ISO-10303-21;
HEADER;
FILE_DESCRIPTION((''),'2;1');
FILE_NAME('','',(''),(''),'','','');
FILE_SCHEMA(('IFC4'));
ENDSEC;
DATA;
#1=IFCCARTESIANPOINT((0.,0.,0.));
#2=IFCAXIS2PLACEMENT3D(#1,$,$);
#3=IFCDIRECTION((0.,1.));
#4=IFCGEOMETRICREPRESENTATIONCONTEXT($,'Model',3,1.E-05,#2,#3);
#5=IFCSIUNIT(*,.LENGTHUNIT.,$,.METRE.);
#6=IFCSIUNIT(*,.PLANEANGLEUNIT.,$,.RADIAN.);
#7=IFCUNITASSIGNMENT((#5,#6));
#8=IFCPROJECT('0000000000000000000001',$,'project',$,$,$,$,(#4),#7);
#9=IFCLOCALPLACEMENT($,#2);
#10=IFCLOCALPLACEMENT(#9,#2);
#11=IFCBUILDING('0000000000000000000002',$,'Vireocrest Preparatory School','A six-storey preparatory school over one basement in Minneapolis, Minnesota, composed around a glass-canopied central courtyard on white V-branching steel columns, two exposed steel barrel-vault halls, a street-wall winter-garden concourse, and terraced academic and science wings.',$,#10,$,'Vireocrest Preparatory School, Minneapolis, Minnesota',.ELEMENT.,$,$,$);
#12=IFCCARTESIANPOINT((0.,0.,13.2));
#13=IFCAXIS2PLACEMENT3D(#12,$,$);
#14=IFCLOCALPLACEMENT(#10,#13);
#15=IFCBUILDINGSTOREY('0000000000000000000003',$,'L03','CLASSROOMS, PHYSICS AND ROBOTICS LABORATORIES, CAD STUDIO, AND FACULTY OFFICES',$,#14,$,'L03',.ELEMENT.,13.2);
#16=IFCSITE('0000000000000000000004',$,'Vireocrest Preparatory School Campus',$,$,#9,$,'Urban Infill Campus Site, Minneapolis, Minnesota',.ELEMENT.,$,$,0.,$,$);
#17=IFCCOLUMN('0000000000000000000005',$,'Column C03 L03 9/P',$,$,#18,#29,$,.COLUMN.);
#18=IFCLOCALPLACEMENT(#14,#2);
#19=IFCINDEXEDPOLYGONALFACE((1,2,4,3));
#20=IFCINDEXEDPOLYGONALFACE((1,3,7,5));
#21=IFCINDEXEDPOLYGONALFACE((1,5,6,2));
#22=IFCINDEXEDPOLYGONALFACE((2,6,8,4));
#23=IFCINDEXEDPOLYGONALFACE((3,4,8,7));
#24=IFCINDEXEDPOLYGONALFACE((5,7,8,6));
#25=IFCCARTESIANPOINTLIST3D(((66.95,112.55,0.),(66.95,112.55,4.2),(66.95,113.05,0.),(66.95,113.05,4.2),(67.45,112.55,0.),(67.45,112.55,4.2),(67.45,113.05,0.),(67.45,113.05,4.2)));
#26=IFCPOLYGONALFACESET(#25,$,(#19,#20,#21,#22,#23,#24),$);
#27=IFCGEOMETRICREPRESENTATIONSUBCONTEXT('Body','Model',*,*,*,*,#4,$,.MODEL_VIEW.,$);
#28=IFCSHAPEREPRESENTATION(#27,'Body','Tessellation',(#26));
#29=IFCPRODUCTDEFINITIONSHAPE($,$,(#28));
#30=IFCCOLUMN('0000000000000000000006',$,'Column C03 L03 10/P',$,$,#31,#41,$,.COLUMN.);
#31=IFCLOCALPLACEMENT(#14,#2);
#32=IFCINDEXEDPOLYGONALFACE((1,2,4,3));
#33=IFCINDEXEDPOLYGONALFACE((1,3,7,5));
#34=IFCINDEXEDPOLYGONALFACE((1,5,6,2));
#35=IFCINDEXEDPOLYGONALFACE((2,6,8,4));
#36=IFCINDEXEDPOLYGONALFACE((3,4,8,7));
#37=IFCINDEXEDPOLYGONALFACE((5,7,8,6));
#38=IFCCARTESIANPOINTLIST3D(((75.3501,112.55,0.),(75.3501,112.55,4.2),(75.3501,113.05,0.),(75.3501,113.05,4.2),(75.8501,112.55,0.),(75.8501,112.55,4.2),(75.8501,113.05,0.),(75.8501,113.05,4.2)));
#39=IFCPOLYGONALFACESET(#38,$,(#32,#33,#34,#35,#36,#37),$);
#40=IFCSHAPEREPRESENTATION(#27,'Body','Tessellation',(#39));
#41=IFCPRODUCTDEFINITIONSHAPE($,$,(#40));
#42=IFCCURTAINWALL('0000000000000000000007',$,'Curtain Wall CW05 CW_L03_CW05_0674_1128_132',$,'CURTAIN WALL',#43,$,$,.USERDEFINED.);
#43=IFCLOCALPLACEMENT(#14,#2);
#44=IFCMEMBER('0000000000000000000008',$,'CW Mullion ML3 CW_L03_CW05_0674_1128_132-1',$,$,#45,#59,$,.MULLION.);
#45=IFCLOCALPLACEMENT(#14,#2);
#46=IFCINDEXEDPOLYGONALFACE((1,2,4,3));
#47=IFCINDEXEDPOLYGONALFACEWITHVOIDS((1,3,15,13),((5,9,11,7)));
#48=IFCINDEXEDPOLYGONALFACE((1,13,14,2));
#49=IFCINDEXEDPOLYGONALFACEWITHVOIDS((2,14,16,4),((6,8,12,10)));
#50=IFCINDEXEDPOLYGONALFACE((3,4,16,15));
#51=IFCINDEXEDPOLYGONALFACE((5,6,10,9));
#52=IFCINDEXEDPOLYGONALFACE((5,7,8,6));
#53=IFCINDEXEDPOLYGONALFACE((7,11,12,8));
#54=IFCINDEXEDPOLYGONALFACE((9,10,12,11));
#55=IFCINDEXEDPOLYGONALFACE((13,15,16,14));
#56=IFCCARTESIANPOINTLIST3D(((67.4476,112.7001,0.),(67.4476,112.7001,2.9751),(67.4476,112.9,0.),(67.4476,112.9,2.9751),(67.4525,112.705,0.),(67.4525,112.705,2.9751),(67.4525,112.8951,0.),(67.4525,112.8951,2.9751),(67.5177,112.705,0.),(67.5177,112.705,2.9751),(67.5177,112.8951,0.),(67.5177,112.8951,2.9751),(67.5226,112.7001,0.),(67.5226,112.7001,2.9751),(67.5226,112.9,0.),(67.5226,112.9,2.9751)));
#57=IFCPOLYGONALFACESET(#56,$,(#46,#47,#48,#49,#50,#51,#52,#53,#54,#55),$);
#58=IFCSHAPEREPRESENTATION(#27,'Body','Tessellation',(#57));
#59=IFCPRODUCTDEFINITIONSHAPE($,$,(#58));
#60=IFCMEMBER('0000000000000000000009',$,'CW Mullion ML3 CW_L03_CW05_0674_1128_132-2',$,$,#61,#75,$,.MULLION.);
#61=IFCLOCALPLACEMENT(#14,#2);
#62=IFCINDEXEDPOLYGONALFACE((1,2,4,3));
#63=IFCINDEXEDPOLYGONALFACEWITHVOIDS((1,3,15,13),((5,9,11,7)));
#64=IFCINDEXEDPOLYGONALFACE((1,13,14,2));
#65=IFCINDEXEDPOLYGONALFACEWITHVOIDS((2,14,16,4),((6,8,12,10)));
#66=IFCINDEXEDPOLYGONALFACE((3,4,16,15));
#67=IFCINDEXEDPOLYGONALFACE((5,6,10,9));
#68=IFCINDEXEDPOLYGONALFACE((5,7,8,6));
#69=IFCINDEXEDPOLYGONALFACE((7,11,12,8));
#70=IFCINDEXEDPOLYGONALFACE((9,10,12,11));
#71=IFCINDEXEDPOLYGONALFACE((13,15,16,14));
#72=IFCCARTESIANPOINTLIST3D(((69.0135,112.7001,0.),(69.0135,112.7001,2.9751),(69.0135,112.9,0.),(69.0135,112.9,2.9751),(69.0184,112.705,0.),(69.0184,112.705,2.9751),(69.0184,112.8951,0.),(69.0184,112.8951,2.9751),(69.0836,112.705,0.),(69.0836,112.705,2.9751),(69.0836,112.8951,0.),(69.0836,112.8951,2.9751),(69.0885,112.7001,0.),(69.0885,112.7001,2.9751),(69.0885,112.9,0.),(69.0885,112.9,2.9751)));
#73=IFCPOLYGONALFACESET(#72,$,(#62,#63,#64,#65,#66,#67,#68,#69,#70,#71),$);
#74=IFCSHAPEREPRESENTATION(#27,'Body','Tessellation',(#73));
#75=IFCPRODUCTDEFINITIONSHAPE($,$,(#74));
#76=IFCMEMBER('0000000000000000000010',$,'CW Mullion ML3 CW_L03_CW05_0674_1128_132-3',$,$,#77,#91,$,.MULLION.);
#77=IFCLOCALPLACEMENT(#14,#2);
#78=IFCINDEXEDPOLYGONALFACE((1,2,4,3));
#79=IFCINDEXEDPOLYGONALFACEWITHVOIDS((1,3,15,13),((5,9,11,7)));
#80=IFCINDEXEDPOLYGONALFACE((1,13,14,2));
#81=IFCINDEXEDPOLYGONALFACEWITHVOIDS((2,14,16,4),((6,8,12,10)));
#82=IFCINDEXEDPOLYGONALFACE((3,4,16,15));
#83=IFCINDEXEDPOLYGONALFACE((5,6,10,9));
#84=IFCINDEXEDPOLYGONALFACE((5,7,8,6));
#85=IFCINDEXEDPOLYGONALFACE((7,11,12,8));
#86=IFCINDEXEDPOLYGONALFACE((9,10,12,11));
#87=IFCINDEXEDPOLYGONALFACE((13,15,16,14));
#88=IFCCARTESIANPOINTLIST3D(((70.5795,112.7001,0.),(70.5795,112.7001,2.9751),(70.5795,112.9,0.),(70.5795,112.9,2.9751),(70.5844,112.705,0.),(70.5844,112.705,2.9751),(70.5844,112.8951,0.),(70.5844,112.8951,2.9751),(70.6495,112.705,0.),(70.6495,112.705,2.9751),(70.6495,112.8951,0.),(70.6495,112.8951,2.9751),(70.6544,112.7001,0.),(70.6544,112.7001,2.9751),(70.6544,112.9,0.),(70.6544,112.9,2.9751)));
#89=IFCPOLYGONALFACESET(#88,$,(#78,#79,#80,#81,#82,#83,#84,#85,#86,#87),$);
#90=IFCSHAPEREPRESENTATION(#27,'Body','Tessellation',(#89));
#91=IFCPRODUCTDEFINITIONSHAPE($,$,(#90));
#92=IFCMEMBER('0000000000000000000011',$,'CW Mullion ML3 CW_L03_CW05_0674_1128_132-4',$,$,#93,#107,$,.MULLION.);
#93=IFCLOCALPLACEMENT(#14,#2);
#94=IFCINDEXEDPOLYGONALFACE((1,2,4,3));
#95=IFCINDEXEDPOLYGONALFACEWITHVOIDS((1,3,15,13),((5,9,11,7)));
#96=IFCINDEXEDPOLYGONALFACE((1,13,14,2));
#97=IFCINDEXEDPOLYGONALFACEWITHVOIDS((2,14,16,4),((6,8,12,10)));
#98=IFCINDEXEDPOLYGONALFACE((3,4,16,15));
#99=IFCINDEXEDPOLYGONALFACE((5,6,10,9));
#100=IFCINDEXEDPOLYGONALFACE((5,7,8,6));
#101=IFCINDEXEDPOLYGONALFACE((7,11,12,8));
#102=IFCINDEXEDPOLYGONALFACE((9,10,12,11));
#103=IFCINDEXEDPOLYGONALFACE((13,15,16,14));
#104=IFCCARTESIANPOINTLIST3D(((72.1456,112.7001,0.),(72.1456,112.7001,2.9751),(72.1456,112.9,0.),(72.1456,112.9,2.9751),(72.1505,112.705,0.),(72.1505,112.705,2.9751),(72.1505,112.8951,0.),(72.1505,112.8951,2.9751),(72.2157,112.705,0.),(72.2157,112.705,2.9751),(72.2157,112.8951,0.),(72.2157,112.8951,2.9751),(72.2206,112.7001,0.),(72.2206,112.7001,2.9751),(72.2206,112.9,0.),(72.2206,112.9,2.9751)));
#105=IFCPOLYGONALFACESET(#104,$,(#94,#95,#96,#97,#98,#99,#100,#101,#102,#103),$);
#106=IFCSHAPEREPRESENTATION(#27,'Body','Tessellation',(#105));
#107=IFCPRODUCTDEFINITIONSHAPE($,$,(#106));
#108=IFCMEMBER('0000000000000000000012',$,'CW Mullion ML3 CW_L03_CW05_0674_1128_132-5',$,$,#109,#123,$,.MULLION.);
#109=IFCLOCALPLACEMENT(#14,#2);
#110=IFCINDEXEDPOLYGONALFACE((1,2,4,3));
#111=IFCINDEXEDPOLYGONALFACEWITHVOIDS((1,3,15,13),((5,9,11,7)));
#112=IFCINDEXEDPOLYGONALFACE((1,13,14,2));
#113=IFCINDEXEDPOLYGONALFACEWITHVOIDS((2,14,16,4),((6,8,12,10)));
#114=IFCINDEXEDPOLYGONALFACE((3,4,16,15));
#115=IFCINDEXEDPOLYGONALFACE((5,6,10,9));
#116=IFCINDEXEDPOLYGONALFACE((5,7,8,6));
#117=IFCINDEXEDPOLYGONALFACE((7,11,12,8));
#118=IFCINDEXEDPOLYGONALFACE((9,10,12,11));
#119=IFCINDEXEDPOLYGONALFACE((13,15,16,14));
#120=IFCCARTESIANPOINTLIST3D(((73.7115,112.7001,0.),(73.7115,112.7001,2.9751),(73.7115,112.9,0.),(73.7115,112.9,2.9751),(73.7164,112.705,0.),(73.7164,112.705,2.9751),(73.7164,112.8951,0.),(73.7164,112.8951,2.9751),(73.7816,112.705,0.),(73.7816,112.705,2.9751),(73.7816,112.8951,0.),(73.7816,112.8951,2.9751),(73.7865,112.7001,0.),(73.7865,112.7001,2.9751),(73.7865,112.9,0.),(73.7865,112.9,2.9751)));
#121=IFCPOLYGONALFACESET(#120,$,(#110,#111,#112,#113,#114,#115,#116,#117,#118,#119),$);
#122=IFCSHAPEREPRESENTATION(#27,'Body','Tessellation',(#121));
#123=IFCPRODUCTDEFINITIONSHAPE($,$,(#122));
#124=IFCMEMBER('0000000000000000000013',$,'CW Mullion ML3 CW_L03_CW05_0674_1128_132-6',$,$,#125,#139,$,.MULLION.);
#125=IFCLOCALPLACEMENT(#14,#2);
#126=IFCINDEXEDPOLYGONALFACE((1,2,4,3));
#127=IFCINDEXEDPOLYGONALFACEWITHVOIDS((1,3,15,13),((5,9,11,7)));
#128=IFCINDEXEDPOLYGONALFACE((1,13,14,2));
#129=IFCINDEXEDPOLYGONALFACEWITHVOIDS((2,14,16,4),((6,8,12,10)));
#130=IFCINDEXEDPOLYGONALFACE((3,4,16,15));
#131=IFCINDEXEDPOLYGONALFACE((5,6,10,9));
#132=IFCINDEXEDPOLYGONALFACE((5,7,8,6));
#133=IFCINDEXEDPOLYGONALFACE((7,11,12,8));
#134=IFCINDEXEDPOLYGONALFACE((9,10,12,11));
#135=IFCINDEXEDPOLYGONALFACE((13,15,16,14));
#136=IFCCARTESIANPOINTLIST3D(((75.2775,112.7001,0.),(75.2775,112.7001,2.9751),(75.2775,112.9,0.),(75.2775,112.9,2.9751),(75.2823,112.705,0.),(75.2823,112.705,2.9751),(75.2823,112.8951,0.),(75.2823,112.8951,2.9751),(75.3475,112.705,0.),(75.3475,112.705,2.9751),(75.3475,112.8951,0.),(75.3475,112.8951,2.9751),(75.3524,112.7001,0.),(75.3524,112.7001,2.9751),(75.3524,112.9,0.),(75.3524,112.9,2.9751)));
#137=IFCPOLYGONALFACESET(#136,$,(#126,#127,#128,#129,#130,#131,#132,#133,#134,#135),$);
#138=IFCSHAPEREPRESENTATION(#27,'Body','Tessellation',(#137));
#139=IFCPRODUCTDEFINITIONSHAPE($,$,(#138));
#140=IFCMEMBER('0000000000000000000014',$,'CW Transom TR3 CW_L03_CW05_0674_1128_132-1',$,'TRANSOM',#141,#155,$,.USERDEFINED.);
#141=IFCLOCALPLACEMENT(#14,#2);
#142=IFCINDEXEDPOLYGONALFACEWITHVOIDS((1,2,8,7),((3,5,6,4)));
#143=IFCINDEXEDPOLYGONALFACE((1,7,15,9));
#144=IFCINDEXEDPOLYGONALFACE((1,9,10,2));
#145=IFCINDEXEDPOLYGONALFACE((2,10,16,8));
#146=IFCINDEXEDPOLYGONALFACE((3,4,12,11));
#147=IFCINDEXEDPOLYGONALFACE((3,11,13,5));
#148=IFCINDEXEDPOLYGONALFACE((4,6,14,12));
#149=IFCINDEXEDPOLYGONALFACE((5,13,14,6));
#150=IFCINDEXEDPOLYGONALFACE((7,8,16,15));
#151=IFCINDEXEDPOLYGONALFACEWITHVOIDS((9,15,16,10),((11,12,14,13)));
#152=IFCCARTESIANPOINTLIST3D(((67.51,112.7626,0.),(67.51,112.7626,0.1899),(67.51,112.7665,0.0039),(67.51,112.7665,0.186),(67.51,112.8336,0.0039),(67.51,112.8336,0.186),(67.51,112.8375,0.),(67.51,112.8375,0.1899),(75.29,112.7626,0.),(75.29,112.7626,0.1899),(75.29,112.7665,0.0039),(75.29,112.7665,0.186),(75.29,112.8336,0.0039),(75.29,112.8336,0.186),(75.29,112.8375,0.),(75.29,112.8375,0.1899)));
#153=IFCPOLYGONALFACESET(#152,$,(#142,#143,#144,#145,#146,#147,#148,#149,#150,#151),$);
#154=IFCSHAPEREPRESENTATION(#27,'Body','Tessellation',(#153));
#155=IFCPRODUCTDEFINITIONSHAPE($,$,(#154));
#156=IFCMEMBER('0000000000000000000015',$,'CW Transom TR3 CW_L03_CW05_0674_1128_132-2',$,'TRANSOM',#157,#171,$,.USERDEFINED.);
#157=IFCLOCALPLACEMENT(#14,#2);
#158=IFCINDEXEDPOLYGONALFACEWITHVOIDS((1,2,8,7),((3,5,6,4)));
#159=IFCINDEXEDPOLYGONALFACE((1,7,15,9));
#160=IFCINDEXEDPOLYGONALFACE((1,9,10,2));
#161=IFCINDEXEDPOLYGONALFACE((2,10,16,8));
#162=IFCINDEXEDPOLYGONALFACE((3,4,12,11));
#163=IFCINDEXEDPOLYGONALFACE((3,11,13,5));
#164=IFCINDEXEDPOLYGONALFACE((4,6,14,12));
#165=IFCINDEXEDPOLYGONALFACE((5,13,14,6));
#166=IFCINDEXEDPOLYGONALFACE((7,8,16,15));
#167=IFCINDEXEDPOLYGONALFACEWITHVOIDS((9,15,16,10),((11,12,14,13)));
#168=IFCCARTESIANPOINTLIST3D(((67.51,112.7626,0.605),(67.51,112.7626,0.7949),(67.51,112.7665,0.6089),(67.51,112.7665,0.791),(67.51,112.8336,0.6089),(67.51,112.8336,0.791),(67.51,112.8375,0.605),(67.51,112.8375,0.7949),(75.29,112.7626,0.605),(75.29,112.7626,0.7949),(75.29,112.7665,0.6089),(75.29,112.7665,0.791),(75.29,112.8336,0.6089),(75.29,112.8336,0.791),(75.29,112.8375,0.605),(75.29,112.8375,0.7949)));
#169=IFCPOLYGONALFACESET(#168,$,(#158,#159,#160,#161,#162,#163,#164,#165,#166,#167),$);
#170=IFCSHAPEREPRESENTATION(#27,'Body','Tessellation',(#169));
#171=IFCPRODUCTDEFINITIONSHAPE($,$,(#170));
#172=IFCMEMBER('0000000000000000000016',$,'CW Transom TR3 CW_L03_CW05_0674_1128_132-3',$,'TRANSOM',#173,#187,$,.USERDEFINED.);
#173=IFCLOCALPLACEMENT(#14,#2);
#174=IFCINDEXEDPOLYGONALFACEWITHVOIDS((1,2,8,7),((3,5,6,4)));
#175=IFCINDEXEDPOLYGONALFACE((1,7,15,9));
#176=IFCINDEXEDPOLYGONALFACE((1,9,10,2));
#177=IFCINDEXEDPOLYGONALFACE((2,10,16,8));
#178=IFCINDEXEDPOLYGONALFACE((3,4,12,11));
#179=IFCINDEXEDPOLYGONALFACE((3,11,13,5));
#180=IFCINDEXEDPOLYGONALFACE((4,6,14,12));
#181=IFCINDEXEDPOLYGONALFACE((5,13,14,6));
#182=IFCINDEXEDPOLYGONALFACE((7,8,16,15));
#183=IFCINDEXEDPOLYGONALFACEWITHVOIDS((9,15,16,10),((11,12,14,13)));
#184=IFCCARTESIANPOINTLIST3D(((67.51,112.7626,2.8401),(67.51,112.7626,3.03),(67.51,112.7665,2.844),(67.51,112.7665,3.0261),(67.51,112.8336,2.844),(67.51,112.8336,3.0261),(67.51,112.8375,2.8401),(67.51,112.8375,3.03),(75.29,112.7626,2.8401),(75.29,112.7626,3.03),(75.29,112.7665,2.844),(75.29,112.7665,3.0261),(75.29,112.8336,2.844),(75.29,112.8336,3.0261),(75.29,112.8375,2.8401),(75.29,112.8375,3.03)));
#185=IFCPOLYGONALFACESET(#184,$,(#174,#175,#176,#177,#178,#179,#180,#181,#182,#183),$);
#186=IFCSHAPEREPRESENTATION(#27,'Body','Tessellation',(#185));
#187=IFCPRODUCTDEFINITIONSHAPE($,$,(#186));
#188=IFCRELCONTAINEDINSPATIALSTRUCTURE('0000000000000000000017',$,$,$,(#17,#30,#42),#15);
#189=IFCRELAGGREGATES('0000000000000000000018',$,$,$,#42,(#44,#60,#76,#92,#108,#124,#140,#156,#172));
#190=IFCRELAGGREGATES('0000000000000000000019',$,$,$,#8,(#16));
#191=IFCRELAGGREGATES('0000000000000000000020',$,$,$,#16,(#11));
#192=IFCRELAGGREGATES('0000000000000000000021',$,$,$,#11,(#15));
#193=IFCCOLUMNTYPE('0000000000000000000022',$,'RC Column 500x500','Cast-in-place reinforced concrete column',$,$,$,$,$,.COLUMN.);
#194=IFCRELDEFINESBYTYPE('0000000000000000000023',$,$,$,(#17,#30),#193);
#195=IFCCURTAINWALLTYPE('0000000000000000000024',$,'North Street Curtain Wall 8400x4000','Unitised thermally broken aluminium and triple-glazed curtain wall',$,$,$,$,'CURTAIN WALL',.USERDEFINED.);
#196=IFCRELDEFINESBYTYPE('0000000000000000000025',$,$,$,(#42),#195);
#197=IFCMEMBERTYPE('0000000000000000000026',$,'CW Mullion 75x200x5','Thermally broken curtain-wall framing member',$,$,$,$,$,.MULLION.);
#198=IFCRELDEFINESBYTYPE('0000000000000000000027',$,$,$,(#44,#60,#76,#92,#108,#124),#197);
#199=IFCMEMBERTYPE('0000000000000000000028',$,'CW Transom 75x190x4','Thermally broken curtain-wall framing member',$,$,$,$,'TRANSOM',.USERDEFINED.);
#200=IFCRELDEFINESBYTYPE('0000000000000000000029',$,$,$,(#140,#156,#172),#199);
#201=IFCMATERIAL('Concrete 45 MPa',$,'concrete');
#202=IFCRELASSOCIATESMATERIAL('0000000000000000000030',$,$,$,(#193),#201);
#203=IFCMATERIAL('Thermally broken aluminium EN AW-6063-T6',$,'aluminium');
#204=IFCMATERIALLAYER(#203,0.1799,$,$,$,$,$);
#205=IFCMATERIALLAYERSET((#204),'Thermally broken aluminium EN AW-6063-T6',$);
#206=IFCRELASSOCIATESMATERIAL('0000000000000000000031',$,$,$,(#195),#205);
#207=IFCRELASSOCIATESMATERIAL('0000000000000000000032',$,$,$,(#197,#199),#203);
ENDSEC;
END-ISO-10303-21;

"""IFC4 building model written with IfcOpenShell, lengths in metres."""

from ifc_helpers import new_model, si_unit, direction, frame, origin, origin_2d, place, context, subcontext, project, spatial, rectangle, hollow_rectangle, extrude, material, layer, layer_set, material_profile, profile_set, type_object, element, aggregate, save


model = new_model("IFC4")

# Units and contexts
model_context = context("Model", 3, precision=1e-05, world=origin(), true_north=direction((0.0, 1.0)))
body_context = subcontext(model_context, "Body", "Model", "MODEL_VIEW")
ifc_project = project(units=[si_unit("LENGTHUNIT", "METRE"), si_unit("PLANEANGLEUNIT", "RADIAN")], contexts=[model_context])

# Site, building, storey
site_placement = place(None, origin())
site = spatial("IfcSite", under=ifc_project, at=site_placement, Name="Vireocrest Preparatory School Campus", LongName="Urban Infill Campus Site, Minneapolis, Minnesota", CompositionType="ELEMENT", RefElevation=0.0)
building_placement = place(site_placement, origin())
building = spatial("IfcBuilding", under=site, at=building_placement, Name="Vireocrest Preparatory School", Description="A six-storey preparatory school over one basement in Minneapolis, Minnesota, composed around a glass-canopied central courtyard on white V-branching steel columns, two exposed steel barrel-vault halls, a street-wall winter-garden concourse, and terraced academic and science wings.", LongName="Vireocrest Preparatory School, Minneapolis, Minnesota", CompositionType="ELEMENT")
storey_placement = place(building_placement, frame((0.0, 0.0, 13.2)))
storey = spatial("IfcBuildingStorey", under=building, at=storey_placement, Name="L03", Description="CLASSROOMS, PHYSICS AND ROBOTICS LABORATORIES, CAD STUDIO, AND FACULTY OFFICES", LongName="L03", CompositionType="ELEMENT", Elevation=13.2)

# Columns
ifc_material_1 = material(Name="Concrete 45 MPa", Category="concrete")
ifc_material_profile_1 = material_profile(ifc_material_1, rectangle(XDim=0.5, YDim=0.5, at=origin_2d()), Name="RC 500x500")
ifc_profile_set_1 = profile_set([ifc_material_profile_1], Name="Concrete 45 MPa")
column_type = type_object("IfcColumnType", Name="RC Column 500x500", Description="Cast-in-place reinforced concrete column", PredefinedType="COLUMN", material=ifc_profile_set_1)
for number, where, z_axis, x_axis, name in (
    (1, (67.2, 112.8, 0.0), (0.0, 0.0, 1.0), (1.0, 0.0, 0.0), "Column C03 L03 9/P"),
    (2, (75.6001, 112.8, 0.0), (0.0, 0.0, 1.0), (1.0, 0.0, 0.0), "Column C03 L03 10/P"),
):
    element("IfcColumn", number, at=place(storey_placement, frame(where, z_axis=z_axis, x_axis=x_axis)), inside=storey, type_object=column_type, Name=name, PredefinedType="COLUMN", context=body_context, shape_type="SweptSolid", body=[
        extrude(rectangle(XDim=0.5, YDim=0.5, at=origin_2d()), origin(), (0.0, 0.0, 1.0), 4.2),
    ])

# Curtain wall, members
ifc_material_2 = material(Name="Thermally broken aluminium EN AW-6063-T6", Category="aluminium")
ifc_layer_1 = layer(ifc_material_2, 0.1799)
ifc_layer_set_1 = layer_set([ifc_layer_1], Name="Thermally broken aluminium EN AW-6063-T6")
curtain_wall_type = type_object("IfcCurtainWallType", Name="North Street Curtain Wall 8400x4000", Description="Unitised thermally broken aluminium and triple-glazed curtain wall", ElementType="CURTAIN WALL", PredefinedType="USERDEFINED", material=ifc_layer_set_1)
curtain_wall_placement = place(storey_placement, origin())
curtain_wall = element("IfcCurtainWall", 3, at=curtain_wall_placement, inside=storey, type_object=curtain_wall_type, Name="Curtain Wall CW05 CW_L03_CW05_0674_1128_132", ObjectType="CURTAIN WALL", PredefinedType="USERDEFINED")
ifc_material_profile_2 = material_profile(ifc_material_2, hollow_rectangle(XDim=0.075, YDim=0.2, WallThickness=0.0049, at=origin_2d()), Name="ALU 75x200x5")
ifc_profile_set_2 = profile_set([ifc_material_profile_2], Name="Thermally broken aluminium EN AW-6063-T6")
member_type_1 = type_object("IfcMemberType", Name="CW Mullion 75x200x5", Description="Thermally broken curtain-wall framing member", PredefinedType="MULLION", material=ifc_profile_set_2)
member_1_placement = place(storey_placement, frame((67.4851, 112.8, 0.0), z_axis=(0.0, 0.0, 1.0), x_axis=(1.0, 0.0, 0.0)))
member_1 = element("IfcMember", 4, at=member_1_placement, type_object=member_type_1, Name="CW Mullion ML3 CW_L03_CW05_0674_1128_132-1", PredefinedType="MULLION", context=body_context, shape_type="SweptSolid", body=[
    extrude(hollow_rectangle(XDim=0.075, YDim=0.2, WallThickness=0.0049, at=origin_2d()), origin(), (0.0, 0.0, 1.0), 2.9751),
])
member_2_placement = place(storey_placement, frame((69.051, 112.8, 0.0), z_axis=(0.0, 0.0, 1.0), x_axis=(1.0, 0.0, 0.0)))
member_2 = element("IfcMember", 5, at=member_2_placement, type_object=member_type_1, Name="CW Mullion ML3 CW_L03_CW05_0674_1128_132-2", PredefinedType="MULLION", context=body_context, shape_type="SweptSolid", body=[
    extrude(hollow_rectangle(XDim=0.075, YDim=0.2, WallThickness=0.0049, at=origin_2d()), origin(), (0.0, 0.0, 1.0), 2.9751),
])
member_3_placement = place(storey_placement, frame((70.6169, 112.8, 0.0), z_axis=(0.0, 0.0, 1.0), x_axis=(1.0, 0.0, 0.0)))
member_3 = element("IfcMember", 6, at=member_3_placement, type_object=member_type_1, Name="CW Mullion ML3 CW_L03_CW05_0674_1128_132-3", PredefinedType="MULLION", context=body_context, shape_type="SweptSolid", body=[
    extrude(hollow_rectangle(XDim=0.075, YDim=0.2, WallThickness=0.0049, at=origin_2d()), origin(), (0.0, 0.0, 1.0), 2.9751),
])
member_4_placement = place(storey_placement, frame((72.1831, 112.8, 0.0), z_axis=(0.0, 0.0, 1.0), x_axis=(1.0, 0.0, 0.0)))
member_4 = element("IfcMember", 7, at=member_4_placement, type_object=member_type_1, Name="CW Mullion ML3 CW_L03_CW05_0674_1128_132-4", PredefinedType="MULLION", context=body_context, shape_type="SweptSolid", body=[
    extrude(hollow_rectangle(XDim=0.075, YDim=0.2, WallThickness=0.0049, at=origin_2d()), origin(), (0.0, 0.0, 1.0), 2.9751),
])
member_5_placement = place(storey_placement, frame((73.749, 112.8, 0.0), z_axis=(0.0, 0.0, 1.0), x_axis=(1.0, 0.0, 0.0)))
member_5 = element("IfcMember", 8, at=member_5_placement, type_object=member_type_1, Name="CW Mullion ML3 CW_L03_CW05_0674_1128_132-5", PredefinedType="MULLION", context=body_context, shape_type="SweptSolid", body=[
    extrude(hollow_rectangle(XDim=0.075, YDim=0.2, WallThickness=0.0049, at=origin_2d()), origin(), (0.0, 0.0, 1.0), 2.9751),
])
member_6_placement = place(storey_placement, frame((75.3149, 112.8, 0.0), z_axis=(0.0, 0.0, 1.0), x_axis=(1.0, 0.0, 0.0)))
member_6 = element("IfcMember", 9, at=member_6_placement, type_object=member_type_1, Name="CW Mullion ML3 CW_L03_CW05_0674_1128_132-6", PredefinedType="MULLION", context=body_context, shape_type="SweptSolid", body=[
    extrude(hollow_rectangle(XDim=0.075, YDim=0.2, WallThickness=0.0049, at=origin_2d()), origin(), (0.0, 0.0, 1.0), 2.9751),
])
ifc_material_profile_3 = material_profile(ifc_material_2, hollow_rectangle(XDim=0.075, YDim=0.1899, WallThickness=0.0039, at=origin_2d()), Name="ALU 75x190x4")
ifc_profile_set_3 = profile_set([ifc_material_profile_3], Name="Thermally broken aluminium EN AW-6063-T6")
member_type_2 = type_object("IfcMemberType", Name="CW Transom 75x190x4", Description="Thermally broken curtain-wall framing member", ElementType="TRANSOM", PredefinedType="USERDEFINED", material=ifc_profile_set_3)
member_7_placement = place(storey_placement, frame((67.51, 112.8, 0.095), z_axis=(1.0, 0.0, 0.0), x_axis=(0.0, 1.0, 0.0)))
member_7 = element("IfcMember", 10, at=member_7_placement, type_object=member_type_2, Name="CW Transom TR3 CW_L03_CW05_0674_1128_132-1", ObjectType="TRANSOM", PredefinedType="USERDEFINED", context=body_context, shape_type="SweptSolid", body=[
    extrude(hollow_rectangle(XDim=0.075, YDim=0.1899, WallThickness=0.0039, at=origin_2d()), origin(), (0.0, 0.0, 1.0), 7.78),
])
member_8_placement = place(storey_placement, frame((67.51, 112.8, 0.7), z_axis=(1.0, 0.0, 0.0), x_axis=(0.0, 1.0, 0.0)))
member_8 = element("IfcMember", 11, at=member_8_placement, type_object=member_type_2, Name="CW Transom TR3 CW_L03_CW05_0674_1128_132-2", ObjectType="TRANSOM", PredefinedType="USERDEFINED", context=body_context, shape_type="SweptSolid", body=[
    extrude(hollow_rectangle(XDim=0.075, YDim=0.1899, WallThickness=0.0039, at=origin_2d()), origin(), (0.0, 0.0, 1.0), 7.78),
])
member_9_placement = place(storey_placement, frame((67.51, 112.8, 2.9351), z_axis=(1.0, 0.0, 0.0), x_axis=(0.0, 1.0, 0.0)))
member_9 = element("IfcMember", 12, at=member_9_placement, type_object=member_type_2, Name="CW Transom TR3 CW_L03_CW05_0674_1128_132-3", ObjectType="TRANSOM", PredefinedType="USERDEFINED", context=body_context, shape_type="SweptSolid", body=[
    extrude(hollow_rectangle(XDim=0.075, YDim=0.1899, WallThickness=0.0039, at=origin_2d()), origin(), (0.0, 0.0, 1.0), 7.78),
])

aggregate(curtain_wall, [member_1, member_2, member_3, member_4, member_5, member_6, member_7, member_8, member_9])

save(model, "model.ifc")
